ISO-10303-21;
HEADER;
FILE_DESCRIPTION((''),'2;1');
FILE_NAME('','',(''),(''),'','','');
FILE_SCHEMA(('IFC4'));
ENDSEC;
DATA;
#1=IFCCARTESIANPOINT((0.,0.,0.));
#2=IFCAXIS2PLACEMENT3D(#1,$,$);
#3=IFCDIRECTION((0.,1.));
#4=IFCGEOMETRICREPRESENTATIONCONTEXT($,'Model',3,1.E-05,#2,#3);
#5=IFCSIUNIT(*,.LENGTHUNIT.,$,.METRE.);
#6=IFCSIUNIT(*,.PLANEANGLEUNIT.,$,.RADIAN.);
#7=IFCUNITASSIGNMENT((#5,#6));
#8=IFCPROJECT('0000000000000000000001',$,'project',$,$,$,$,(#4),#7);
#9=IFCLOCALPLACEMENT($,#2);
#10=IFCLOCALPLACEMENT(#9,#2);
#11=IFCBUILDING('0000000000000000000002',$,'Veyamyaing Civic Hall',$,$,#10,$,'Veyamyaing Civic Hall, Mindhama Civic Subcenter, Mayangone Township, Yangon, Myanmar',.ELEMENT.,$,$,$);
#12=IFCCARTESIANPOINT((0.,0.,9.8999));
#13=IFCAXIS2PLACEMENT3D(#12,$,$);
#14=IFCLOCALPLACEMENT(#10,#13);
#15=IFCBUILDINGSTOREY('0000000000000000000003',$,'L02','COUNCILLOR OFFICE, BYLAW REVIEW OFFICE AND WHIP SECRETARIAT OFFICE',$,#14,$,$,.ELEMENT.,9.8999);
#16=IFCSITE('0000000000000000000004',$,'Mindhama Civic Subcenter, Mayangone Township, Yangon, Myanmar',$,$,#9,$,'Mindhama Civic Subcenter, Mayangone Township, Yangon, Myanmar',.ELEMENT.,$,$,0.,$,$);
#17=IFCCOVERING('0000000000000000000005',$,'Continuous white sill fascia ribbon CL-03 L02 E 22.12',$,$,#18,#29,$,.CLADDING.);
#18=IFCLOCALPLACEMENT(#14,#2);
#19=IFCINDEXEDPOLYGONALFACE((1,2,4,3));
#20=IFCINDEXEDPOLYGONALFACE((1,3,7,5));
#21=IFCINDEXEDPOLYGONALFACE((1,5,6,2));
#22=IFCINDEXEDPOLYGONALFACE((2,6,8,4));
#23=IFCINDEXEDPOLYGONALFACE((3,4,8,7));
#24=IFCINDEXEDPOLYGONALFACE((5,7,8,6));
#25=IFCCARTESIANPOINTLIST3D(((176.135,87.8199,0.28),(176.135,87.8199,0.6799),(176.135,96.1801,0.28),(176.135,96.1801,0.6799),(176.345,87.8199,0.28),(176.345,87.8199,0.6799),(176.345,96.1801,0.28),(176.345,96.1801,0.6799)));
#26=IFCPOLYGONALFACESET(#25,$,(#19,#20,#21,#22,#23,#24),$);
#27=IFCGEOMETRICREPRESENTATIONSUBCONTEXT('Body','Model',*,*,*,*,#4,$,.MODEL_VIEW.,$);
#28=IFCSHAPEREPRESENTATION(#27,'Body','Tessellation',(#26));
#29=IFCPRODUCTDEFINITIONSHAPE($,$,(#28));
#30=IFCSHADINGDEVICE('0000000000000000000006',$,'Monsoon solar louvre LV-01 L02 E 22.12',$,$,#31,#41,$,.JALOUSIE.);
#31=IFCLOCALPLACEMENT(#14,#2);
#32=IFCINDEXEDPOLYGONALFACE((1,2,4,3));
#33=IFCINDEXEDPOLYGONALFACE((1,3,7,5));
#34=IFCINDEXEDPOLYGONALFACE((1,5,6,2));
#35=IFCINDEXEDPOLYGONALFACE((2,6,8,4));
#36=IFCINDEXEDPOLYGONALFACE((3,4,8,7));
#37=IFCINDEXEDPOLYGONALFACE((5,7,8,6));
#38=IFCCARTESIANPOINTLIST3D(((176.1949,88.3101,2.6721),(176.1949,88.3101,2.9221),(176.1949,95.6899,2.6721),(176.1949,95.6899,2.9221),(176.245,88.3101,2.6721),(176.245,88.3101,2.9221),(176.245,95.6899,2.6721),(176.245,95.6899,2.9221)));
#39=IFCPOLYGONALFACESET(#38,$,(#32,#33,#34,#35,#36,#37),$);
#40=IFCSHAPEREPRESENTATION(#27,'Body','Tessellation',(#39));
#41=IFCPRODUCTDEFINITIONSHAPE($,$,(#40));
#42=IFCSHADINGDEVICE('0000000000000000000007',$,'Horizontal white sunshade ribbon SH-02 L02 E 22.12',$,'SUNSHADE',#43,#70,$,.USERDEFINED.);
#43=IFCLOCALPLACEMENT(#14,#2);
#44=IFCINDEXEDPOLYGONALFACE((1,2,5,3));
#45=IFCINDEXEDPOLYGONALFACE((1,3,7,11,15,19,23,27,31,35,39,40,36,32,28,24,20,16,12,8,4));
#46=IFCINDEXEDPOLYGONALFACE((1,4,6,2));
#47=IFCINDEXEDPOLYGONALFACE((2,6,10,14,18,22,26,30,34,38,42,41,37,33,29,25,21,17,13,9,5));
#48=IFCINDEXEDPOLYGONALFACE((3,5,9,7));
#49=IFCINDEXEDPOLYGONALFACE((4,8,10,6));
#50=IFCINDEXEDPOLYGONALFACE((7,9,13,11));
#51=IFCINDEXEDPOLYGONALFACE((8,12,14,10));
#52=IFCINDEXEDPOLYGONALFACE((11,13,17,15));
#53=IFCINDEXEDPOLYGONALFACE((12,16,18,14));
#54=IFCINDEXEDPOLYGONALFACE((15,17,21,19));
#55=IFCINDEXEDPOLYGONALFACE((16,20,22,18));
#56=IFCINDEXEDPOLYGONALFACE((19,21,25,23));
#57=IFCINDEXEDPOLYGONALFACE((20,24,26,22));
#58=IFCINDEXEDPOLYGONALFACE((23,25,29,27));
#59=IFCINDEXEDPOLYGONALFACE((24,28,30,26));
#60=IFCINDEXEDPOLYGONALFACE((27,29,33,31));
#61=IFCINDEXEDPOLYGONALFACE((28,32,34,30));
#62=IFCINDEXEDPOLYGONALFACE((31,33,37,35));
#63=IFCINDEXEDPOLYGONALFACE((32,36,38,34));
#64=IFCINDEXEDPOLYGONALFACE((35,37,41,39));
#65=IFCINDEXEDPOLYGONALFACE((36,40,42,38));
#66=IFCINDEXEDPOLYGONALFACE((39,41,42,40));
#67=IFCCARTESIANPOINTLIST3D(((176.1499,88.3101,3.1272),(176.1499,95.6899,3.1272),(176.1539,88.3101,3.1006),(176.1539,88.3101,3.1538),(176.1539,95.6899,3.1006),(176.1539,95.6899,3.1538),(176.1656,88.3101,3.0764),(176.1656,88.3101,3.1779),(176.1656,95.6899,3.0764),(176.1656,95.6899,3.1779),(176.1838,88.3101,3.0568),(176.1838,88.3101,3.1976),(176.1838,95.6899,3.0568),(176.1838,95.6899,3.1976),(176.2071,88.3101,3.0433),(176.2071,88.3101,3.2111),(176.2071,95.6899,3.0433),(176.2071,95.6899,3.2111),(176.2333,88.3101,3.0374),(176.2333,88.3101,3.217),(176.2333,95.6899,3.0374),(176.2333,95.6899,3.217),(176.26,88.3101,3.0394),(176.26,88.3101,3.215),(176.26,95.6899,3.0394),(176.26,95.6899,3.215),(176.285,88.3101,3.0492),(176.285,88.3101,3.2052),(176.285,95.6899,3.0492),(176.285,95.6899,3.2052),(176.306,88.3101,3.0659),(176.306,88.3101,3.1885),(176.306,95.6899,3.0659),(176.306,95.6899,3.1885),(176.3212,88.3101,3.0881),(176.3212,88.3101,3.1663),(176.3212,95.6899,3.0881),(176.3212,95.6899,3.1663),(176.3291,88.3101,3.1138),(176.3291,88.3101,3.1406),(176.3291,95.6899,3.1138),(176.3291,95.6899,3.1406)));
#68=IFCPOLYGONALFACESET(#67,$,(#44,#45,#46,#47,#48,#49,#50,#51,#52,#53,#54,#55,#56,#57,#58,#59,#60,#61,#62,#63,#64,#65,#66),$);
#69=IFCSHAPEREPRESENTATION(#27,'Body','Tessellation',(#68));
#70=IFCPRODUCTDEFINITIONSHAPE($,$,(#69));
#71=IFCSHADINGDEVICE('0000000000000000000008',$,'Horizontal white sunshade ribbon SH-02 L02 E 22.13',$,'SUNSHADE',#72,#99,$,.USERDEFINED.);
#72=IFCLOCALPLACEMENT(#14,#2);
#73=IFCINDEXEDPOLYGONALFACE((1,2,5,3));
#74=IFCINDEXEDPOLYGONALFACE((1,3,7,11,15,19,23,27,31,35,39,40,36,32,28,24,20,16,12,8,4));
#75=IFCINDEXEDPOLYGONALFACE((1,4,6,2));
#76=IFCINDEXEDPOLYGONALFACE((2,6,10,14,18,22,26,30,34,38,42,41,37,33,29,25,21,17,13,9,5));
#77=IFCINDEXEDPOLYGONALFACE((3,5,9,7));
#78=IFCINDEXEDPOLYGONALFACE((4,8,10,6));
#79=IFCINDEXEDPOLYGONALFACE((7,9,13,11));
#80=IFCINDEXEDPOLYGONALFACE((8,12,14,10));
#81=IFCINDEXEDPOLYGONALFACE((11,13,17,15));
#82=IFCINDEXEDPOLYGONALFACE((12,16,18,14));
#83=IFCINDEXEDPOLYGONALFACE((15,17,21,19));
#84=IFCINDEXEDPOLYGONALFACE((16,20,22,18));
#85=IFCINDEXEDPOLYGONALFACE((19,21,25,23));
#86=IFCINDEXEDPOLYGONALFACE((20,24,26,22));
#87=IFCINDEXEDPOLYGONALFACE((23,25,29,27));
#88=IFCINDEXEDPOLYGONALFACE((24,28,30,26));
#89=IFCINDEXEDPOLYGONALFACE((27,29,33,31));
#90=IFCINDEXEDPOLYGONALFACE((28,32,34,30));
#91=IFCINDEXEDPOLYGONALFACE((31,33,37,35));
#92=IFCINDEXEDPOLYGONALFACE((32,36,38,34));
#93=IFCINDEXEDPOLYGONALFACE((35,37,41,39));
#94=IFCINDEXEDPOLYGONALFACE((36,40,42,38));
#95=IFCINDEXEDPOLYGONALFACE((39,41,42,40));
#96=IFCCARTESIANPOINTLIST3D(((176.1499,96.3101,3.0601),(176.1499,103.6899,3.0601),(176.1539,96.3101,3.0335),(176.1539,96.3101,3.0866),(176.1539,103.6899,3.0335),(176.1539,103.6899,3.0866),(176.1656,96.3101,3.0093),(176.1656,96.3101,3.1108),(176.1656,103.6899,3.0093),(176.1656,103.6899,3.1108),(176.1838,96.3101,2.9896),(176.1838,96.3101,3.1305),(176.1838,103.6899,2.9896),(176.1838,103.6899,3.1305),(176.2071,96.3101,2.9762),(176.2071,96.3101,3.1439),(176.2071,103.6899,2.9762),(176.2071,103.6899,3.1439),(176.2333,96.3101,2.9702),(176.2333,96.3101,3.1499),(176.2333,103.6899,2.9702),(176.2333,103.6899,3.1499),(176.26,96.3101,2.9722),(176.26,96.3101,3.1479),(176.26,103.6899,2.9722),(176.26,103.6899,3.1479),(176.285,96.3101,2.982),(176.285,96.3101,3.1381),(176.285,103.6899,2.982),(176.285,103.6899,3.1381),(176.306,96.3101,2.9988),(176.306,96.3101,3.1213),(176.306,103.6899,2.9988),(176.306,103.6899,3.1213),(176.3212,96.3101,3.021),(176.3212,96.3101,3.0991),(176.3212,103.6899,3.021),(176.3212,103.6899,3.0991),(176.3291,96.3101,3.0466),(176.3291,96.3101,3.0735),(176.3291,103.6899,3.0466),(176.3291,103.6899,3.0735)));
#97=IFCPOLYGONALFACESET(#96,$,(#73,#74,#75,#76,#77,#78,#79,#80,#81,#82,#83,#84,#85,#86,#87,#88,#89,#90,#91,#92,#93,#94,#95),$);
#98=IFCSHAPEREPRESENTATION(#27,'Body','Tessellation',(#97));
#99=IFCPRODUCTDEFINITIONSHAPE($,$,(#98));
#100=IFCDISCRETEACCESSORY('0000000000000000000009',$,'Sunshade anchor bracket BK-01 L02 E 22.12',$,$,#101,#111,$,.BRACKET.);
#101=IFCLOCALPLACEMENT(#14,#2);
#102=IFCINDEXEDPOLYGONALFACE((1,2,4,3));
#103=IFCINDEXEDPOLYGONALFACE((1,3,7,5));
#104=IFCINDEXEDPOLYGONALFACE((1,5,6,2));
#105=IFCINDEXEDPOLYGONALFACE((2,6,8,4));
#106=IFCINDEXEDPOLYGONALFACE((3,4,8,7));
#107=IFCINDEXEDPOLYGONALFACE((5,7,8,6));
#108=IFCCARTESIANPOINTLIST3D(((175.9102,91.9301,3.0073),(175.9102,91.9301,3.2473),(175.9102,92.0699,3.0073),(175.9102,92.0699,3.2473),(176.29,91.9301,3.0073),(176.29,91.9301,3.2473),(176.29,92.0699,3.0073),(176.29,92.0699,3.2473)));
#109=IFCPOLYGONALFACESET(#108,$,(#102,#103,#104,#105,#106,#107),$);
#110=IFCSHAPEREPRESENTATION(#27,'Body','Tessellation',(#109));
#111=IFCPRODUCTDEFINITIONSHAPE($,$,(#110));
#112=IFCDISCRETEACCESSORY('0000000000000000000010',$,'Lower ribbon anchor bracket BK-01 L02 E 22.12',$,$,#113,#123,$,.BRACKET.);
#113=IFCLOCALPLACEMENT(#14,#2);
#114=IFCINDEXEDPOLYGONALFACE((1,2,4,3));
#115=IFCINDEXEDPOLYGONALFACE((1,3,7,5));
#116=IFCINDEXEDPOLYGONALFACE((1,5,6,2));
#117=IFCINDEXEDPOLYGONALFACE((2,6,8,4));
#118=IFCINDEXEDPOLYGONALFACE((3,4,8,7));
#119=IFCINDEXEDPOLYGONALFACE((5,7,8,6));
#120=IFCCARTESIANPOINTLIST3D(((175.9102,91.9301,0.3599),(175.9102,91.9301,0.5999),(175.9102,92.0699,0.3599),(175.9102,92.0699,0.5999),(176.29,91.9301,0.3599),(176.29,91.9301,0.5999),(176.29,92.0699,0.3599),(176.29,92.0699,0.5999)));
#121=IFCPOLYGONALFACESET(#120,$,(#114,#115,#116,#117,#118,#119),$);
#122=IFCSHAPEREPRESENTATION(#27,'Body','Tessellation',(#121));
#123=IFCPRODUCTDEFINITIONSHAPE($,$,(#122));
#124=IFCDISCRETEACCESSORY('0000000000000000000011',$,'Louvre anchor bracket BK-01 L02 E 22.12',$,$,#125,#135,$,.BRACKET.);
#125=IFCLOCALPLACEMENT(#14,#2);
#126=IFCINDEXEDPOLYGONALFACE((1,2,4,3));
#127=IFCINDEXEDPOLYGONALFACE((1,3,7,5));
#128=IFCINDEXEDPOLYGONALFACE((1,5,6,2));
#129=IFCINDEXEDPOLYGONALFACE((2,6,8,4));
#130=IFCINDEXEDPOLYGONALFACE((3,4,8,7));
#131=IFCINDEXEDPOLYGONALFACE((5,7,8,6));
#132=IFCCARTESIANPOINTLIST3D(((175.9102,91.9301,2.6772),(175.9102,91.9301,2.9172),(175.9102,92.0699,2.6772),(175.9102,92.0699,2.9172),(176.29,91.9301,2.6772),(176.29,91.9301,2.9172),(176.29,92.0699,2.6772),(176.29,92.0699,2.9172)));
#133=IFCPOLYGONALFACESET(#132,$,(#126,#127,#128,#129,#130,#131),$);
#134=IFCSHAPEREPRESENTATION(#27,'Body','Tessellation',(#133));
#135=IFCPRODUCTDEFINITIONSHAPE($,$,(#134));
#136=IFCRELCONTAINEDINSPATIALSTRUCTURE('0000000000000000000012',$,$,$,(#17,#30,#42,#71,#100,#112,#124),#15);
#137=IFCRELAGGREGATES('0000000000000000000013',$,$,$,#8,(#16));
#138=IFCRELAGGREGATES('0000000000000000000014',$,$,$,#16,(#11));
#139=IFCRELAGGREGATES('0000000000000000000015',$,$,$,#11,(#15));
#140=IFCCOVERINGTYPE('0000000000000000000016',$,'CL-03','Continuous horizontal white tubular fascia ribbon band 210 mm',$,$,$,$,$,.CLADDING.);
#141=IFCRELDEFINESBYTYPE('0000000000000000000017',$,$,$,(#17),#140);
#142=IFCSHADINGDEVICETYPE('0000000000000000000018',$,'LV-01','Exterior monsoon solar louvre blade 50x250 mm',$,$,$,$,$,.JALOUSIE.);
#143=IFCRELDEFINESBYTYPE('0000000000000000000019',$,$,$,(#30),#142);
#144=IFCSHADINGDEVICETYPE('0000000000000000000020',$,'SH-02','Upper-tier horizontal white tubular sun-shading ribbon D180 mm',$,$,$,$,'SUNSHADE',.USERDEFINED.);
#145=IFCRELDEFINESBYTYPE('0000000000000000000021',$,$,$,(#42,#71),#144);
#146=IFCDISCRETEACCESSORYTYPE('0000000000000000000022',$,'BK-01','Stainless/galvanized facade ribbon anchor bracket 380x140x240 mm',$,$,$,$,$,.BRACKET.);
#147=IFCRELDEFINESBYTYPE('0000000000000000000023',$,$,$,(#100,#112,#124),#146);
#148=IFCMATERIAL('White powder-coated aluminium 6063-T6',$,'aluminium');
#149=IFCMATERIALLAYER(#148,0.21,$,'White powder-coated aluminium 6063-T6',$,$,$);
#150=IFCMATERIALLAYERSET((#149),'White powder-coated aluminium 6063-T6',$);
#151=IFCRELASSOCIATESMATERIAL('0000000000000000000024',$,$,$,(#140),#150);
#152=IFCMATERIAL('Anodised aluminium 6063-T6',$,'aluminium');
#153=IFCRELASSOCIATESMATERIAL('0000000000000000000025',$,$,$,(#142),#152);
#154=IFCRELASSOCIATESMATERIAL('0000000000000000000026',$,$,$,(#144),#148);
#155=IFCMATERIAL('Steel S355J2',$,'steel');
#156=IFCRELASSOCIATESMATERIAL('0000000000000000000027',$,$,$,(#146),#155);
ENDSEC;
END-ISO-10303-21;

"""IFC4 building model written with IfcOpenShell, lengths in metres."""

from ifc_helpers import new_model, si_unit, direction, frame, origin, origin_2d, place, context, subcontext, project, spatial, rectangle, circle, extrude, material, layer, layer_set, material_profile, profile_set, type_object, element, save


model = new_model("IFC4")

# Units and contexts
model_context = context("Model", 3, precision=1e-05, world=origin(), true_north=direction((0.0, 1.0)))
body_context = subcontext(model_context, "Body", "Model", "MODEL_VIEW")
ifc_project = project(units=[si_unit("LENGTHUNIT", "METRE"), si_unit("PLANEANGLEUNIT", "RADIAN")], contexts=[model_context])

# Site, building, storey
site_placement = place(None, origin())
site = spatial("IfcSite", under=ifc_project, at=site_placement, Name="Mindhama Civic Subcenter, Mayangone Township, Yangon, Myanmar", LongName="Mindhama Civic Subcenter, Mayangone Township, Yangon, Myanmar", CompositionType="ELEMENT", RefElevation=0.0)
building_placement = place(site_placement, origin())
building = spatial("IfcBuilding", under=site, at=building_placement, Name="Veyamyaing Civic Hall", LongName="Veyamyaing Civic Hall, Mindhama Civic Subcenter, Mayangone Township, Yangon, Myanmar", CompositionType="ELEMENT")
storey_placement = place(building_placement, frame((0.0, 0.0, 9.8999)))
storey = spatial("IfcBuildingStorey", under=building, at=storey_placement, Name="L02", Description="COUNCILLOR OFFICE, BYLAW REVIEW OFFICE AND WHIP SECRETARIAT OFFICE", CompositionType="ELEMENT", Elevation=9.8999)

# Shared definitions
ifc_material_1 = material(Name="Anodised aluminium 6063-T6", Category="aluminium")

# Covering
ifc_material_2 = material(Name="White powder-coated aluminium 6063-T6", Category="aluminium")
ifc_layer_1 = layer(ifc_material_2, 0.21, Name="White powder-coated aluminium 6063-T6")
ifc_layer_set_1 = layer_set([ifc_layer_1], Name="White powder-coated aluminium 6063-T6")
covering_type = type_object("IfcCoveringType", Name="CL-03", Description="Continuous horizontal white tubular fascia ribbon band 210 mm", PredefinedType="CLADDING", material=ifc_layer_set_1)
for number, where, z_axis, x_axis, name in (
    (1, (176.24, 92.0, 0.28), (0.0, 0.0, 1.0), (0.0, 1.0, 0.0), "Continuous white sill fascia ribbon CL-03 L02 E 22.12"),
):
    element("IfcCovering", number, at=place(storey_placement, frame(where, z_axis=z_axis, x_axis=x_axis)), inside=storey, type_object=covering_type, Name=name, PredefinedType="CLADDING", context=body_context, shape_type="SweptSolid", body=[
        extrude(rectangle(XDim=8.3601, YDim=0.21, at=origin_2d()), origin(), (0.0, 0.0, 1.0), 0.3999),
    ])

# Shading devices
ifc_material_profile_1 = material_profile(ifc_material_1, rectangle(XDim=0.05, YDim=0.25, at=origin_2d()), Name="LOUVRE-BLADE-50X250")
ifc_profile_set_1 = profile_set([ifc_material_profile_1], Name="Anodised aluminium 6063-T6")
shading_device_type_1 = type_object("IfcShadingDeviceType", Name="LV-01", Description="Exterior monsoon solar louvre blade 50x250 mm", PredefinedType="JALOUSIE", material=ifc_profile_set_1)
shading_device_placement = place(storey_placement, frame((176.22, 88.3101, 2.7971), z_axis=(0.0, 1.0, 0.0), x_axis=(-1.0, 0.0, 0.0)))
element("IfcShadingDevice", 2, at=shading_device_placement, inside=storey, type_object=shading_device_type_1, Name="Monsoon solar louvre LV-01 L02 E 22.12", PredefinedType="JALOUSIE", context=body_context, shape_type="SweptSolid", body=[
    extrude(rectangle(XDim=0.05, YDim=0.25, at=origin_2d()), origin(), (0.0, 0.0, 1.0), 7.3799),
])
ifc_material_profile_2 = material_profile(ifc_material_2, circle(Radius=0.0901, at=origin_2d()), Name="SHADE-TUBE-180")
ifc_profile_set_2 = profile_set([ifc_material_profile_2], Name="White powder-coated aluminium 6063-T6")
shading_device_type_2 = type_object("IfcShadingDeviceType", Name="SH-02", Description="Upper-tier horizontal white tubular sun-shading ribbon D180 mm", ElementType="SUNSHADE", PredefinedType="USERDEFINED", material=ifc_profile_set_2)
for number, where, z_axis, x_axis, name in (
    (3, (176.24, 88.3101, 3.1272), (0.0, 1.0, 0.0), (-1.0, 0.0, 0.0), "Horizontal white sunshade ribbon SH-02 L02 E 22.12"),
    (4, (176.24, 96.3101, 3.0601), (0.0, 1.0, 0.0), (-1.0, 0.0, 0.0), "Horizontal white sunshade ribbon SH-02 L02 E 22.13"),
):
    element("IfcShadingDevice", number, at=place(storey_placement, frame(where, z_axis=z_axis, x_axis=x_axis)), inside=storey, type_object=shading_device_type_2, Name=name, ObjectType="SUNSHADE", PredefinedType="USERDEFINED", context=body_context, shape_type="SweptSolid", body=[
        extrude(circle(Radius=0.0901, at=origin_2d()), origin(), (0.0, 0.0, 1.0), 7.3799),
    ])

# Discrete accessories
ifc_material_3 = material(Name="Steel S355J2", Category="steel")
discrete_accessory_type = type_object("IfcDiscreteAccessoryType", Name="BK-01", Description="Stainless/galvanized facade ribbon anchor bracket 380x140x240 mm", PredefinedType="BRACKET", material=ifc_material_3)
for number, where, z_axis, x_axis, name in (
    (5, (176.1001, 92.0, 3.0073), (0.0, 0.0, 1.0), (1.0, 0.0, 0.0), "Sunshade anchor bracket BK-01 L02 E 22.12"),
    (6, (176.1001, 92.0, 0.3599), (0.0, 0.0, 1.0), (1.0, 0.0, 0.0), "Lower ribbon anchor bracket BK-01 L02 E 22.12"),
    (7, (176.1001, 92.0, 2.6772), (0.0, 0.0, 1.0), (1.0, 0.0, 0.0), "Louvre anchor bracket BK-01 L02 E 22.12"),
):
    element("IfcDiscreteAccessory", number, at=place(storey_placement, frame(where, z_axis=z_axis, x_axis=x_axis)), inside=storey, type_object=discrete_accessory_type, Name=name, PredefinedType="BRACKET", context=body_context, shape_type="SweptSolid", body=[
        extrude(rectangle(XDim=0.3799, YDim=0.1399, at=origin_2d()), origin(), (0.0, 0.0, 1.0), 0.24),
    ])

save(model, "model.ifc")
